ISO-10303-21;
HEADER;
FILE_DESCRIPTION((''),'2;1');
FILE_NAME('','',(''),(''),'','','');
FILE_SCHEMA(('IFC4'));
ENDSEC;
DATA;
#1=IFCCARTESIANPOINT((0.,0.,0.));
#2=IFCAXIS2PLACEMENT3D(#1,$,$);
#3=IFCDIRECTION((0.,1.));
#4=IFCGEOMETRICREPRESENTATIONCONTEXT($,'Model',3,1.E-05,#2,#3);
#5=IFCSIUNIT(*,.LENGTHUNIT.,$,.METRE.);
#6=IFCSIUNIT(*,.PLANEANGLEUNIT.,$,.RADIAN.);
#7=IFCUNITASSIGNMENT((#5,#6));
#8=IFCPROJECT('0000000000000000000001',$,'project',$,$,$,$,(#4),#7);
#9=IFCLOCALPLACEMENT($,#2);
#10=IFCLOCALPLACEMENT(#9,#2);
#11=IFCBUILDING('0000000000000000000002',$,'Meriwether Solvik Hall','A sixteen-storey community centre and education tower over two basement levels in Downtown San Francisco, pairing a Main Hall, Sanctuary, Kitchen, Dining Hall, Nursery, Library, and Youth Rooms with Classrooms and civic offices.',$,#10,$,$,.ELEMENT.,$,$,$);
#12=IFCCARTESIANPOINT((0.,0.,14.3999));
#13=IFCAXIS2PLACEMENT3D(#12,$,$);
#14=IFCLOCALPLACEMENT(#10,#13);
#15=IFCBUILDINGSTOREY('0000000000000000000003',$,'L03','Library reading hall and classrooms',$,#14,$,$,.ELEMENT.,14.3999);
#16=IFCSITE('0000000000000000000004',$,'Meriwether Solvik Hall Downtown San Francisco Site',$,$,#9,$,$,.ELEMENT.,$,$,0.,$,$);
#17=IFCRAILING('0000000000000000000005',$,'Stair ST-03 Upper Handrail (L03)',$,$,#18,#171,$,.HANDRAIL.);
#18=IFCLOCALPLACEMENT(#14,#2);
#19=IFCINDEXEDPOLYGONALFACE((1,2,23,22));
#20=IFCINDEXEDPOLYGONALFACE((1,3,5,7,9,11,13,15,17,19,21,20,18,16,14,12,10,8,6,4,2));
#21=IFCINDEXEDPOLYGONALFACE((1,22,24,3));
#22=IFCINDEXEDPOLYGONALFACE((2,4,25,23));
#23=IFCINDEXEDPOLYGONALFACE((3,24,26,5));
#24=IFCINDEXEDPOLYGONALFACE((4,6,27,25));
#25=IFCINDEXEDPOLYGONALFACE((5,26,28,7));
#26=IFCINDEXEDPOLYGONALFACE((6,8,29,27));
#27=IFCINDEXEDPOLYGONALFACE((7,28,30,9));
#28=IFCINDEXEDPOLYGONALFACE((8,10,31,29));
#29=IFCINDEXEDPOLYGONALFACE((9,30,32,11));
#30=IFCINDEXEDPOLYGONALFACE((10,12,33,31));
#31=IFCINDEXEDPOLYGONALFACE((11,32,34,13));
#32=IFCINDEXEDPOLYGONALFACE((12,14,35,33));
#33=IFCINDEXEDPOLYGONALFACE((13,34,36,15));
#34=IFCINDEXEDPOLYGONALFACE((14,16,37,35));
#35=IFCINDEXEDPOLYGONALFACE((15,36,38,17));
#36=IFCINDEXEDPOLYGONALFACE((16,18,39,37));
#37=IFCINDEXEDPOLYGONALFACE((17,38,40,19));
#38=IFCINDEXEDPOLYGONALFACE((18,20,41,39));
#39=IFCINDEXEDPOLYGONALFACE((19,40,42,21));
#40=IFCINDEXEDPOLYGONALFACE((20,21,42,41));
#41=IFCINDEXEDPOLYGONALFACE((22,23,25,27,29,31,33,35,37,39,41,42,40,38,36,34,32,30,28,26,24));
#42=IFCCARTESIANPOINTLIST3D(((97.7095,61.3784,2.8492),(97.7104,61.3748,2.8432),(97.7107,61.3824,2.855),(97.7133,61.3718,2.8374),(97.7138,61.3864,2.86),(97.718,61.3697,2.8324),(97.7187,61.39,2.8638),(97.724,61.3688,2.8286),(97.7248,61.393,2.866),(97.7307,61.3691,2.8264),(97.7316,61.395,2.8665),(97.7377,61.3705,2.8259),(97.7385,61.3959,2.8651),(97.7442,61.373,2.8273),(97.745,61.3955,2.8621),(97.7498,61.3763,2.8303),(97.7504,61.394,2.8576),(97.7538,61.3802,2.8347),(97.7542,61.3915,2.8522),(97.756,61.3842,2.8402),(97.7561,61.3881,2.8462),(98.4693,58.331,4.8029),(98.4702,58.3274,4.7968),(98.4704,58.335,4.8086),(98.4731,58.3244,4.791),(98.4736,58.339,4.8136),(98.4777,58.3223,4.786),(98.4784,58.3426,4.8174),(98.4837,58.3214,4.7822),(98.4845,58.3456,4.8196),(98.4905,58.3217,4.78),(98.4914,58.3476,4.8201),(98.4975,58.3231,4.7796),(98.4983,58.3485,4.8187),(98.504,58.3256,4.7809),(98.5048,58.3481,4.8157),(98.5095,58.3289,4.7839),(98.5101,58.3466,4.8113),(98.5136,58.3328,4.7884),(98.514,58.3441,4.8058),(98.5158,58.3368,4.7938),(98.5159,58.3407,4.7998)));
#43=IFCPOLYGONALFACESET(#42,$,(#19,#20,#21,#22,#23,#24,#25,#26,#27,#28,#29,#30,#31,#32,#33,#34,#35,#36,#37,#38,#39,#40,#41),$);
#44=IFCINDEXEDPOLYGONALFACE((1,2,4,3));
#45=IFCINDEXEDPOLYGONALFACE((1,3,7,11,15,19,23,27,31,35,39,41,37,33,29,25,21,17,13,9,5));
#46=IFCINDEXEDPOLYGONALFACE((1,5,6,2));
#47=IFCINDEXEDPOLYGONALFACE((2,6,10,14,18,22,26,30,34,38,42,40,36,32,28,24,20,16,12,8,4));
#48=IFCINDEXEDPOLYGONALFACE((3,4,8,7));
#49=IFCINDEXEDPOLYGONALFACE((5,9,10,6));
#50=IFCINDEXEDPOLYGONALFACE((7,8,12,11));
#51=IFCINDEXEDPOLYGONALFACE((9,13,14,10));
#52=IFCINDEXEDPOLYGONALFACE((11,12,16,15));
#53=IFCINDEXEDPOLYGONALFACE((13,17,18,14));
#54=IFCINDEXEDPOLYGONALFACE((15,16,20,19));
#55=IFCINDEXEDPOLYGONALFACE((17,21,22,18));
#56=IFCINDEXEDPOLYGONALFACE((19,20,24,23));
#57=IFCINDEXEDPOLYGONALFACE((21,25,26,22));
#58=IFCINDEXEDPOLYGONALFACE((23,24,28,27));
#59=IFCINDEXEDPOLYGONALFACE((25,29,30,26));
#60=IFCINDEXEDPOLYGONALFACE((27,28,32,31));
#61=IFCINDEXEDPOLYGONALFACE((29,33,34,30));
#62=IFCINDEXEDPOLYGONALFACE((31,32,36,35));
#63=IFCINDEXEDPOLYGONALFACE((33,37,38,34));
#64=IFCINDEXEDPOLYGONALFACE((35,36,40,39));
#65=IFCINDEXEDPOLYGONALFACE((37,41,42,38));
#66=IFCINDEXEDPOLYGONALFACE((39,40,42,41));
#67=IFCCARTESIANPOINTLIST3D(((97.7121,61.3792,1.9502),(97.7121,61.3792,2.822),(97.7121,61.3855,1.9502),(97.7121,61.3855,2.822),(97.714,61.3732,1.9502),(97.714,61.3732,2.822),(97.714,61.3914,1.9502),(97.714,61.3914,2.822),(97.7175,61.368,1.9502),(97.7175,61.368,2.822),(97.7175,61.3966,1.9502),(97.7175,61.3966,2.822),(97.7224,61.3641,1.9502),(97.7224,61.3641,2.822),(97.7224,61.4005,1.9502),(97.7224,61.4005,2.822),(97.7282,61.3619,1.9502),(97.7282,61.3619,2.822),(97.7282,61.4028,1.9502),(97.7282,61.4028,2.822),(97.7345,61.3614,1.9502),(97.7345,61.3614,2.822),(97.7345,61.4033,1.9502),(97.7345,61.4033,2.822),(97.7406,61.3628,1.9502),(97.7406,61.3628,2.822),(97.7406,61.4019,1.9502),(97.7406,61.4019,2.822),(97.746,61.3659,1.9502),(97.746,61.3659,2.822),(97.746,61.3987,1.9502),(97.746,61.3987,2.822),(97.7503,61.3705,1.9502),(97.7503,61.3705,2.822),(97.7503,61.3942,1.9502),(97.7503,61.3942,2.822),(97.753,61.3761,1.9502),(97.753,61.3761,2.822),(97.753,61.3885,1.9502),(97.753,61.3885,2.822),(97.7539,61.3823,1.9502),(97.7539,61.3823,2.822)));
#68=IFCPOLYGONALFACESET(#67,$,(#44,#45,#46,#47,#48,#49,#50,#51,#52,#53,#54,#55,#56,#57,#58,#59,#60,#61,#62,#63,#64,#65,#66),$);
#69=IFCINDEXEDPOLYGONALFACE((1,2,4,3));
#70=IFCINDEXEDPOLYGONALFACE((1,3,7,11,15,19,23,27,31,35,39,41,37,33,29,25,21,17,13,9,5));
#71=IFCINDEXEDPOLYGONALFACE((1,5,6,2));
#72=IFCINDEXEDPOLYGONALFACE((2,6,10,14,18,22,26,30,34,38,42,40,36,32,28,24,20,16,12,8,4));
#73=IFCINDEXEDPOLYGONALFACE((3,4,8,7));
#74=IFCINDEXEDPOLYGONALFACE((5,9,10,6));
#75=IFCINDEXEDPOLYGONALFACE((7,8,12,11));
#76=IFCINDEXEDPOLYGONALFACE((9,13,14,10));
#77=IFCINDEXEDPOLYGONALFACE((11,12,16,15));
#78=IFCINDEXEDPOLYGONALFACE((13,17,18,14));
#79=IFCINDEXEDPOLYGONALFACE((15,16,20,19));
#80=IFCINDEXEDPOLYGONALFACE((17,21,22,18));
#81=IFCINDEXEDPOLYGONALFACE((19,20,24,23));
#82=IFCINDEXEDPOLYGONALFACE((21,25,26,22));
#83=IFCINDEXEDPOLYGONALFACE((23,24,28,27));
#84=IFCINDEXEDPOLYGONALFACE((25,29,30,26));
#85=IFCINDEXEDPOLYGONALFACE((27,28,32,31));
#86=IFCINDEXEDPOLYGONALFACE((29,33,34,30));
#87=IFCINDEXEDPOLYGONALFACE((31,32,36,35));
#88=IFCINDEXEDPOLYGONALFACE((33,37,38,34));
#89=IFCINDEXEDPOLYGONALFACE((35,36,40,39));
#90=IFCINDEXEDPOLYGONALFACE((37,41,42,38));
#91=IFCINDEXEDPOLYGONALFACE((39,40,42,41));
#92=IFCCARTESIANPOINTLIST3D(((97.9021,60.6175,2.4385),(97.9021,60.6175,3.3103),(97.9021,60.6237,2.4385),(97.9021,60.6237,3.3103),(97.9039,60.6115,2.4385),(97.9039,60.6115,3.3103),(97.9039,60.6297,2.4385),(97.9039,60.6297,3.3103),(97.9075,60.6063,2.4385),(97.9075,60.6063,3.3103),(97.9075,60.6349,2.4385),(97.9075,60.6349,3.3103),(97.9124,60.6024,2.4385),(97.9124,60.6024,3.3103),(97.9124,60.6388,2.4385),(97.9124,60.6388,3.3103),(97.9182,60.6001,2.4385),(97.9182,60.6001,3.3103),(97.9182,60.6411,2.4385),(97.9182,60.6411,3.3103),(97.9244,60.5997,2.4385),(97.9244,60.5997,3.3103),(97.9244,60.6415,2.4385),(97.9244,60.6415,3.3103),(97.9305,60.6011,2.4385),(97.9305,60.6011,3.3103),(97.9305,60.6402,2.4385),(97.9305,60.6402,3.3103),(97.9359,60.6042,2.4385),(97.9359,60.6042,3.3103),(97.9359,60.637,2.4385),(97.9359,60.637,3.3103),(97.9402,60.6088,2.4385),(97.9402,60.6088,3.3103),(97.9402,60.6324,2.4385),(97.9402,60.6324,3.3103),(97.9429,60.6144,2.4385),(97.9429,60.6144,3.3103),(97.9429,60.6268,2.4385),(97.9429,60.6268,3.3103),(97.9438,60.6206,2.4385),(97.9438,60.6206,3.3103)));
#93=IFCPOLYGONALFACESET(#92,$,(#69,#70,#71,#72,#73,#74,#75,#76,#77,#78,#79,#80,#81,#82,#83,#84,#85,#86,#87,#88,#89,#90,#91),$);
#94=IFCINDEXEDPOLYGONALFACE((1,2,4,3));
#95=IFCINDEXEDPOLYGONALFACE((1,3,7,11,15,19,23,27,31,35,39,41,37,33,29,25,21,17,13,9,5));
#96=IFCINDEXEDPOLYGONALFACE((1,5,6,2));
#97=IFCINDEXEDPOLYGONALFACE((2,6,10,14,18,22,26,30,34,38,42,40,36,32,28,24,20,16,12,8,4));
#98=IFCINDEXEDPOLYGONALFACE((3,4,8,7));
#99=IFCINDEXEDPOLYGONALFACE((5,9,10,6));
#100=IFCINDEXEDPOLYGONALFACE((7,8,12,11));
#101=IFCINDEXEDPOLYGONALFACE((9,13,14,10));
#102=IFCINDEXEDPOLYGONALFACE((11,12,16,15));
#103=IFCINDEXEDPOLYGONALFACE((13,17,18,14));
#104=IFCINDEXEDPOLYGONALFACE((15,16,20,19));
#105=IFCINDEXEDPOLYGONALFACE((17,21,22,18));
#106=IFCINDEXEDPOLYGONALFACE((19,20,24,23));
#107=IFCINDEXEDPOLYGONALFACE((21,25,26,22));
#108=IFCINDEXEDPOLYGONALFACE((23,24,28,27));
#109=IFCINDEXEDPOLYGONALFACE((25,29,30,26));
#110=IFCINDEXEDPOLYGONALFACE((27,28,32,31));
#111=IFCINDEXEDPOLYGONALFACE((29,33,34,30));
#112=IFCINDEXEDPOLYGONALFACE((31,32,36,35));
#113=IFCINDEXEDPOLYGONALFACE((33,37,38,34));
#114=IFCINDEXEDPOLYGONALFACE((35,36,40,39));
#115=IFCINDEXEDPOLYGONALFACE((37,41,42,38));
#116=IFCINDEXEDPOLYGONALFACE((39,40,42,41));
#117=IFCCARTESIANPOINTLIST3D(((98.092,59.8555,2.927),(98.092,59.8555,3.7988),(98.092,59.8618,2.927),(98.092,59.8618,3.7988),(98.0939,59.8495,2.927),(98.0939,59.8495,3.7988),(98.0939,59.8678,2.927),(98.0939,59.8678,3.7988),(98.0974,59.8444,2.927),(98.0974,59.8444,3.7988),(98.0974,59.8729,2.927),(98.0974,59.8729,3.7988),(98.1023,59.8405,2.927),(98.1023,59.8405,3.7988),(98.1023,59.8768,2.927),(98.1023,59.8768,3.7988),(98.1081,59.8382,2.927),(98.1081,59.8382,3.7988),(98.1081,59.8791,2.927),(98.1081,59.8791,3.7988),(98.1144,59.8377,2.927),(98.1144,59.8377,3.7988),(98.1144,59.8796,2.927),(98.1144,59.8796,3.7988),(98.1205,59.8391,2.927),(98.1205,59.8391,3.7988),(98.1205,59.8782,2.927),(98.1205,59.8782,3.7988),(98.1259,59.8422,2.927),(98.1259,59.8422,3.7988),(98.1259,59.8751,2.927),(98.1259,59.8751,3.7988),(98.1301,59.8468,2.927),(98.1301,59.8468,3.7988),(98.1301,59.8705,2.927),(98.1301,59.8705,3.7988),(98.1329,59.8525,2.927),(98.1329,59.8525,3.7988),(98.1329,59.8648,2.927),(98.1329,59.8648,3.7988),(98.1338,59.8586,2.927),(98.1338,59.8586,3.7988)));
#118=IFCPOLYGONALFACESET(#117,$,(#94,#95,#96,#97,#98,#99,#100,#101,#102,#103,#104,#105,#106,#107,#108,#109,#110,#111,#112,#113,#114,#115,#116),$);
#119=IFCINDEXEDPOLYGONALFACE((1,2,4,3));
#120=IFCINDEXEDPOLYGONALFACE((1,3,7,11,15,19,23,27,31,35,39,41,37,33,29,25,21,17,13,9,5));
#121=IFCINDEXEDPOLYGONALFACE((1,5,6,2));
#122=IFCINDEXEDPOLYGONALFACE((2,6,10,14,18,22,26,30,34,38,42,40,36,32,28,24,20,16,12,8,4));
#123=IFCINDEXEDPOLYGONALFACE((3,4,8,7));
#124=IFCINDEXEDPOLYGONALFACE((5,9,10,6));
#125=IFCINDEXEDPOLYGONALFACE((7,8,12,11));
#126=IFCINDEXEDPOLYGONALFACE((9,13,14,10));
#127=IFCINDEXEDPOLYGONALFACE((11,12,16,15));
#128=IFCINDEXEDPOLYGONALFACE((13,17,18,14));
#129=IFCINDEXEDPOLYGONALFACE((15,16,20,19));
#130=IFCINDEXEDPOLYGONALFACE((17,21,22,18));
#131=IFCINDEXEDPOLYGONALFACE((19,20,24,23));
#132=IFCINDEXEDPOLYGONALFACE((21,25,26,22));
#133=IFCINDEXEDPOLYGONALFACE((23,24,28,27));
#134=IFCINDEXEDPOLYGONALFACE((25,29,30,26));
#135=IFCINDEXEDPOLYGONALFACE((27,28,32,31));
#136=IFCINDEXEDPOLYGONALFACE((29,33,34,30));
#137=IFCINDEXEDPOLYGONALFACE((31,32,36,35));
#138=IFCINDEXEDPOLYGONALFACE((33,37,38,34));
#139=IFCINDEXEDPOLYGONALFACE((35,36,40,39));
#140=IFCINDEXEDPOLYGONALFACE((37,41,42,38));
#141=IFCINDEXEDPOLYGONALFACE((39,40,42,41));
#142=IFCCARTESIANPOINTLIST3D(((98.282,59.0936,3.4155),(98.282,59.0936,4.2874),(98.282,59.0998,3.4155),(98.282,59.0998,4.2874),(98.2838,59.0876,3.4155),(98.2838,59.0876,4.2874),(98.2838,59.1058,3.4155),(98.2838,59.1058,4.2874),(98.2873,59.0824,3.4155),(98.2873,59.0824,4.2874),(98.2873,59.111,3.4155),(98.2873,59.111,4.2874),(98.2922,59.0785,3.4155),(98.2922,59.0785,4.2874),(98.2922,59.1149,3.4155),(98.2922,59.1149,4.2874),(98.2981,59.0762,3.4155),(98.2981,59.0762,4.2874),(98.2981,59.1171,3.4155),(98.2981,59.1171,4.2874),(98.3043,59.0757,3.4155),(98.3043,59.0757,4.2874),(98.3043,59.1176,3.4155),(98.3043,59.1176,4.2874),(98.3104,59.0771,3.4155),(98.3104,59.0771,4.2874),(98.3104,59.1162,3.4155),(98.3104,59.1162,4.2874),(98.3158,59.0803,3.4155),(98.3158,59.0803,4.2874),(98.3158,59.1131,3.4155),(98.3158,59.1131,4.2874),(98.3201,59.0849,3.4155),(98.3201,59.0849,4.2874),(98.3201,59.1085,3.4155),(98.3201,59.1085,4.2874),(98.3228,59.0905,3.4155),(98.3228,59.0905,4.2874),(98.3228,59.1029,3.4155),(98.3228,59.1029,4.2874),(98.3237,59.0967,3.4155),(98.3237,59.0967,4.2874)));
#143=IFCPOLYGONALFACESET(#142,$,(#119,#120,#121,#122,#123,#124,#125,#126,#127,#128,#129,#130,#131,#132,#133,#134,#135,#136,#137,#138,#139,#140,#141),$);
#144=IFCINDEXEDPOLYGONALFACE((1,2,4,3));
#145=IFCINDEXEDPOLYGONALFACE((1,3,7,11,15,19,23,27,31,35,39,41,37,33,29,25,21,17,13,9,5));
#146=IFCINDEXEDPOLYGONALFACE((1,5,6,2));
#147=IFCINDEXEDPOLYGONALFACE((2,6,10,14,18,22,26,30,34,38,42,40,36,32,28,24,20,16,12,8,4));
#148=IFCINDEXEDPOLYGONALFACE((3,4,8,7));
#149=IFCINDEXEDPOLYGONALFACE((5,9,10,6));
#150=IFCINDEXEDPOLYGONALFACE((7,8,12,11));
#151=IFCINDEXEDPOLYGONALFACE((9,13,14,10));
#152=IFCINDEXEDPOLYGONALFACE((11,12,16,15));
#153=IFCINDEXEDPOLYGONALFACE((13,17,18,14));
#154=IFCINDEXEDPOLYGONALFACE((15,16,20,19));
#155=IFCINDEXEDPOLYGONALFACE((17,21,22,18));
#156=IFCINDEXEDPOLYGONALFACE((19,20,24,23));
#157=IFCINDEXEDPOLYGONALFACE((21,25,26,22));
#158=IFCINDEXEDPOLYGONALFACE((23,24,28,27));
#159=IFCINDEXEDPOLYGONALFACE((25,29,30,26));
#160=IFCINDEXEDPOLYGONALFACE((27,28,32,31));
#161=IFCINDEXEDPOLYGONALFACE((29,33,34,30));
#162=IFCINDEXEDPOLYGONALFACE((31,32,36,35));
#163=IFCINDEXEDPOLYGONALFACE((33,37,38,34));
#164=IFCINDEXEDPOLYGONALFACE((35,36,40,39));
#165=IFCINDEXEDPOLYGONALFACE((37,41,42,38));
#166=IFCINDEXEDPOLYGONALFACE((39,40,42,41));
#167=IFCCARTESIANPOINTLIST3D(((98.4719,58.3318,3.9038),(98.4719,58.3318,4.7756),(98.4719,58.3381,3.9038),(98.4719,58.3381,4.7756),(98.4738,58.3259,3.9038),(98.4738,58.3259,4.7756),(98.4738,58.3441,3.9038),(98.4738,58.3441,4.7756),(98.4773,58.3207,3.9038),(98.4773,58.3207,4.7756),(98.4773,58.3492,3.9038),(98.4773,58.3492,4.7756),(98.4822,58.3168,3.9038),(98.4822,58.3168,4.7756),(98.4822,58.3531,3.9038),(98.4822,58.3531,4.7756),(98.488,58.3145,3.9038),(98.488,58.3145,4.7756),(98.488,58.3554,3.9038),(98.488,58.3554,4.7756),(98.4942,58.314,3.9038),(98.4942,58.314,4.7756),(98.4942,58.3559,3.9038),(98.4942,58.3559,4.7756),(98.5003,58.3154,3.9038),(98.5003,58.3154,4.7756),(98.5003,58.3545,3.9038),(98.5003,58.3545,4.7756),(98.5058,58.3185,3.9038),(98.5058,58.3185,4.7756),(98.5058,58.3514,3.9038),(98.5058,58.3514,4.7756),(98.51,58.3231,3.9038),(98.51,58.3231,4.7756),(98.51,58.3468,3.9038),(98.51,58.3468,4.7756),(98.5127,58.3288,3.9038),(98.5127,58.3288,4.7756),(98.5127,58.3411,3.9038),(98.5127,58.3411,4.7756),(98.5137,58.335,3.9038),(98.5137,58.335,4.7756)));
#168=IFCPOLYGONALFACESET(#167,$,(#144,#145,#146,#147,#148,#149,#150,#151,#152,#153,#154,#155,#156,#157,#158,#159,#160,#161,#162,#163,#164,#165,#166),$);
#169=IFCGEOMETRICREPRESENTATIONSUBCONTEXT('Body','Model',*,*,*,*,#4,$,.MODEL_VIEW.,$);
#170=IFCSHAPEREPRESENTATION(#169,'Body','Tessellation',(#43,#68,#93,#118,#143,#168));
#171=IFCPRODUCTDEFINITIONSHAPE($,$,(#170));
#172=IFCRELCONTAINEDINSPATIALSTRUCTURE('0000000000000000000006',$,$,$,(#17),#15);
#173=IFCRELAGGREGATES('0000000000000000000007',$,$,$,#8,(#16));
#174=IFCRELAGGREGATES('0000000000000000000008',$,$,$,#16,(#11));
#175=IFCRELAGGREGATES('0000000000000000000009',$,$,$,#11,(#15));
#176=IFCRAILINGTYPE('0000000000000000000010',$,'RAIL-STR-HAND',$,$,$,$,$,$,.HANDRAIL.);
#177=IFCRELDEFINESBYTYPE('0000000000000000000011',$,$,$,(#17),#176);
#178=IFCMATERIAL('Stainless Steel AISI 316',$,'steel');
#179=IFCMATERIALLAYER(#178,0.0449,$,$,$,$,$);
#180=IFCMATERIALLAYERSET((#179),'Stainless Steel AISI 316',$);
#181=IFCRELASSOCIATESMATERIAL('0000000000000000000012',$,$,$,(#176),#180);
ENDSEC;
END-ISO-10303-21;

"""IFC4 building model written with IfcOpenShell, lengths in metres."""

from ifc_helpers import new_model, si_unit, direction, frame, origin, origin_2d, place, context, subcontext, project, spatial, circle, extrude, material, layer, layer_set, type_object, element, save


model = new_model("IFC4")

# Units and contexts
model_context = context("Model", 3, precision=1e-05, world=origin(), true_north=direction((0.0, 1.0)))
body_context = subcontext(model_context, "Body", "Model", "MODEL_VIEW")
ifc_project = project(units=[si_unit("LENGTHUNIT", "METRE"), si_unit("PLANEANGLEUNIT", "RADIAN")], contexts=[model_context])

# Site, building, storey
site_placement = place(None, origin())
site = spatial("IfcSite", under=ifc_project, at=site_placement, Name="Meriwether Solvik Hall Downtown San Francisco Site", CompositionType="ELEMENT", RefElevation=0.0)
building_placement = place(site_placement, origin())
building = spatial("IfcBuilding", under=site, at=building_placement, Name="Meriwether Solvik Hall", Description="A sixteen-storey community centre and education tower over two basement levels in Downtown San Francisco, pairing a Main Hall, Sanctuary, Kitchen, Dining Hall, Nursery, Library, and Youth Rooms with Classrooms and civic offices.", CompositionType="ELEMENT")
storey_placement = place(building_placement, frame((0.0, 0.0, 14.3999)))
storey = spatial("IfcBuildingStorey", under=building, at=storey_placement, Name="L03", Description="Library reading hall and classrooms", CompositionType="ELEMENT", Elevation=14.3999)

# Railing
ifc_material_1 = material(Name="Stainless Steel AISI 316", Category="steel")
ifc_layer_1 = layer(ifc_material_1, 0.0449)
ifc_layer_set_1 = layer_set([ifc_layer_1], Name="Stainless Steel AISI 316")
railing_type_1 = type_object("IfcRailingType", Name="RAIL-STR-HAND", PredefinedType="HANDRAIL", material=ifc_layer_set_1)
railing_1_placement = place(storey_placement, frame((97.7329, 61.3823, 1.9502)))
element("IfcRailing", 1, at=railing_1_placement, inside=storey, type_object=railing_type_1, Name="Stair ST-03 Upper Handrail (L03)", PredefinedType="HANDRAIL", context=body_context, shape_type="SweptSolid", body=[
    extrude(circle(Radius=0.0239, at=origin_2d()), frame((0.0, 0.0, 0.896), z_axis=(0.205415, -0.823904, 0.528191), x_axis=(0.970298, 0.241914, 0.0)), (0.0, 0.0, 1.0), 3.6987),
    extrude(circle(Radius=0.021, at=origin_2d()), origin(), (0.0, 0.0, 1.0), 0.8718),
    extrude(circle(Radius=0.021, at=origin_2d()), frame((0.1899, -0.7617, 0.4883)), (0.0, 0.0, 1.0), 0.8718),
    extrude(circle(Radius=0.021, at=origin_2d()), frame((0.3799, -1.5237, 0.9768)), (0.0, 0.0, 1.0), 0.8718),
    extrude(circle(Radius=0.021, at=origin_2d()), frame((0.5698, -2.2856, 1.4653)), (0.0, 0.0, 1.0), 0.8718),
    extrude(circle(Radius=0.021, at=origin_2d()), frame((0.7598, -3.0474, 1.9536)), (0.0, 0.0, 1.0), 0.8718),
])

save(model, "model.ifc")
